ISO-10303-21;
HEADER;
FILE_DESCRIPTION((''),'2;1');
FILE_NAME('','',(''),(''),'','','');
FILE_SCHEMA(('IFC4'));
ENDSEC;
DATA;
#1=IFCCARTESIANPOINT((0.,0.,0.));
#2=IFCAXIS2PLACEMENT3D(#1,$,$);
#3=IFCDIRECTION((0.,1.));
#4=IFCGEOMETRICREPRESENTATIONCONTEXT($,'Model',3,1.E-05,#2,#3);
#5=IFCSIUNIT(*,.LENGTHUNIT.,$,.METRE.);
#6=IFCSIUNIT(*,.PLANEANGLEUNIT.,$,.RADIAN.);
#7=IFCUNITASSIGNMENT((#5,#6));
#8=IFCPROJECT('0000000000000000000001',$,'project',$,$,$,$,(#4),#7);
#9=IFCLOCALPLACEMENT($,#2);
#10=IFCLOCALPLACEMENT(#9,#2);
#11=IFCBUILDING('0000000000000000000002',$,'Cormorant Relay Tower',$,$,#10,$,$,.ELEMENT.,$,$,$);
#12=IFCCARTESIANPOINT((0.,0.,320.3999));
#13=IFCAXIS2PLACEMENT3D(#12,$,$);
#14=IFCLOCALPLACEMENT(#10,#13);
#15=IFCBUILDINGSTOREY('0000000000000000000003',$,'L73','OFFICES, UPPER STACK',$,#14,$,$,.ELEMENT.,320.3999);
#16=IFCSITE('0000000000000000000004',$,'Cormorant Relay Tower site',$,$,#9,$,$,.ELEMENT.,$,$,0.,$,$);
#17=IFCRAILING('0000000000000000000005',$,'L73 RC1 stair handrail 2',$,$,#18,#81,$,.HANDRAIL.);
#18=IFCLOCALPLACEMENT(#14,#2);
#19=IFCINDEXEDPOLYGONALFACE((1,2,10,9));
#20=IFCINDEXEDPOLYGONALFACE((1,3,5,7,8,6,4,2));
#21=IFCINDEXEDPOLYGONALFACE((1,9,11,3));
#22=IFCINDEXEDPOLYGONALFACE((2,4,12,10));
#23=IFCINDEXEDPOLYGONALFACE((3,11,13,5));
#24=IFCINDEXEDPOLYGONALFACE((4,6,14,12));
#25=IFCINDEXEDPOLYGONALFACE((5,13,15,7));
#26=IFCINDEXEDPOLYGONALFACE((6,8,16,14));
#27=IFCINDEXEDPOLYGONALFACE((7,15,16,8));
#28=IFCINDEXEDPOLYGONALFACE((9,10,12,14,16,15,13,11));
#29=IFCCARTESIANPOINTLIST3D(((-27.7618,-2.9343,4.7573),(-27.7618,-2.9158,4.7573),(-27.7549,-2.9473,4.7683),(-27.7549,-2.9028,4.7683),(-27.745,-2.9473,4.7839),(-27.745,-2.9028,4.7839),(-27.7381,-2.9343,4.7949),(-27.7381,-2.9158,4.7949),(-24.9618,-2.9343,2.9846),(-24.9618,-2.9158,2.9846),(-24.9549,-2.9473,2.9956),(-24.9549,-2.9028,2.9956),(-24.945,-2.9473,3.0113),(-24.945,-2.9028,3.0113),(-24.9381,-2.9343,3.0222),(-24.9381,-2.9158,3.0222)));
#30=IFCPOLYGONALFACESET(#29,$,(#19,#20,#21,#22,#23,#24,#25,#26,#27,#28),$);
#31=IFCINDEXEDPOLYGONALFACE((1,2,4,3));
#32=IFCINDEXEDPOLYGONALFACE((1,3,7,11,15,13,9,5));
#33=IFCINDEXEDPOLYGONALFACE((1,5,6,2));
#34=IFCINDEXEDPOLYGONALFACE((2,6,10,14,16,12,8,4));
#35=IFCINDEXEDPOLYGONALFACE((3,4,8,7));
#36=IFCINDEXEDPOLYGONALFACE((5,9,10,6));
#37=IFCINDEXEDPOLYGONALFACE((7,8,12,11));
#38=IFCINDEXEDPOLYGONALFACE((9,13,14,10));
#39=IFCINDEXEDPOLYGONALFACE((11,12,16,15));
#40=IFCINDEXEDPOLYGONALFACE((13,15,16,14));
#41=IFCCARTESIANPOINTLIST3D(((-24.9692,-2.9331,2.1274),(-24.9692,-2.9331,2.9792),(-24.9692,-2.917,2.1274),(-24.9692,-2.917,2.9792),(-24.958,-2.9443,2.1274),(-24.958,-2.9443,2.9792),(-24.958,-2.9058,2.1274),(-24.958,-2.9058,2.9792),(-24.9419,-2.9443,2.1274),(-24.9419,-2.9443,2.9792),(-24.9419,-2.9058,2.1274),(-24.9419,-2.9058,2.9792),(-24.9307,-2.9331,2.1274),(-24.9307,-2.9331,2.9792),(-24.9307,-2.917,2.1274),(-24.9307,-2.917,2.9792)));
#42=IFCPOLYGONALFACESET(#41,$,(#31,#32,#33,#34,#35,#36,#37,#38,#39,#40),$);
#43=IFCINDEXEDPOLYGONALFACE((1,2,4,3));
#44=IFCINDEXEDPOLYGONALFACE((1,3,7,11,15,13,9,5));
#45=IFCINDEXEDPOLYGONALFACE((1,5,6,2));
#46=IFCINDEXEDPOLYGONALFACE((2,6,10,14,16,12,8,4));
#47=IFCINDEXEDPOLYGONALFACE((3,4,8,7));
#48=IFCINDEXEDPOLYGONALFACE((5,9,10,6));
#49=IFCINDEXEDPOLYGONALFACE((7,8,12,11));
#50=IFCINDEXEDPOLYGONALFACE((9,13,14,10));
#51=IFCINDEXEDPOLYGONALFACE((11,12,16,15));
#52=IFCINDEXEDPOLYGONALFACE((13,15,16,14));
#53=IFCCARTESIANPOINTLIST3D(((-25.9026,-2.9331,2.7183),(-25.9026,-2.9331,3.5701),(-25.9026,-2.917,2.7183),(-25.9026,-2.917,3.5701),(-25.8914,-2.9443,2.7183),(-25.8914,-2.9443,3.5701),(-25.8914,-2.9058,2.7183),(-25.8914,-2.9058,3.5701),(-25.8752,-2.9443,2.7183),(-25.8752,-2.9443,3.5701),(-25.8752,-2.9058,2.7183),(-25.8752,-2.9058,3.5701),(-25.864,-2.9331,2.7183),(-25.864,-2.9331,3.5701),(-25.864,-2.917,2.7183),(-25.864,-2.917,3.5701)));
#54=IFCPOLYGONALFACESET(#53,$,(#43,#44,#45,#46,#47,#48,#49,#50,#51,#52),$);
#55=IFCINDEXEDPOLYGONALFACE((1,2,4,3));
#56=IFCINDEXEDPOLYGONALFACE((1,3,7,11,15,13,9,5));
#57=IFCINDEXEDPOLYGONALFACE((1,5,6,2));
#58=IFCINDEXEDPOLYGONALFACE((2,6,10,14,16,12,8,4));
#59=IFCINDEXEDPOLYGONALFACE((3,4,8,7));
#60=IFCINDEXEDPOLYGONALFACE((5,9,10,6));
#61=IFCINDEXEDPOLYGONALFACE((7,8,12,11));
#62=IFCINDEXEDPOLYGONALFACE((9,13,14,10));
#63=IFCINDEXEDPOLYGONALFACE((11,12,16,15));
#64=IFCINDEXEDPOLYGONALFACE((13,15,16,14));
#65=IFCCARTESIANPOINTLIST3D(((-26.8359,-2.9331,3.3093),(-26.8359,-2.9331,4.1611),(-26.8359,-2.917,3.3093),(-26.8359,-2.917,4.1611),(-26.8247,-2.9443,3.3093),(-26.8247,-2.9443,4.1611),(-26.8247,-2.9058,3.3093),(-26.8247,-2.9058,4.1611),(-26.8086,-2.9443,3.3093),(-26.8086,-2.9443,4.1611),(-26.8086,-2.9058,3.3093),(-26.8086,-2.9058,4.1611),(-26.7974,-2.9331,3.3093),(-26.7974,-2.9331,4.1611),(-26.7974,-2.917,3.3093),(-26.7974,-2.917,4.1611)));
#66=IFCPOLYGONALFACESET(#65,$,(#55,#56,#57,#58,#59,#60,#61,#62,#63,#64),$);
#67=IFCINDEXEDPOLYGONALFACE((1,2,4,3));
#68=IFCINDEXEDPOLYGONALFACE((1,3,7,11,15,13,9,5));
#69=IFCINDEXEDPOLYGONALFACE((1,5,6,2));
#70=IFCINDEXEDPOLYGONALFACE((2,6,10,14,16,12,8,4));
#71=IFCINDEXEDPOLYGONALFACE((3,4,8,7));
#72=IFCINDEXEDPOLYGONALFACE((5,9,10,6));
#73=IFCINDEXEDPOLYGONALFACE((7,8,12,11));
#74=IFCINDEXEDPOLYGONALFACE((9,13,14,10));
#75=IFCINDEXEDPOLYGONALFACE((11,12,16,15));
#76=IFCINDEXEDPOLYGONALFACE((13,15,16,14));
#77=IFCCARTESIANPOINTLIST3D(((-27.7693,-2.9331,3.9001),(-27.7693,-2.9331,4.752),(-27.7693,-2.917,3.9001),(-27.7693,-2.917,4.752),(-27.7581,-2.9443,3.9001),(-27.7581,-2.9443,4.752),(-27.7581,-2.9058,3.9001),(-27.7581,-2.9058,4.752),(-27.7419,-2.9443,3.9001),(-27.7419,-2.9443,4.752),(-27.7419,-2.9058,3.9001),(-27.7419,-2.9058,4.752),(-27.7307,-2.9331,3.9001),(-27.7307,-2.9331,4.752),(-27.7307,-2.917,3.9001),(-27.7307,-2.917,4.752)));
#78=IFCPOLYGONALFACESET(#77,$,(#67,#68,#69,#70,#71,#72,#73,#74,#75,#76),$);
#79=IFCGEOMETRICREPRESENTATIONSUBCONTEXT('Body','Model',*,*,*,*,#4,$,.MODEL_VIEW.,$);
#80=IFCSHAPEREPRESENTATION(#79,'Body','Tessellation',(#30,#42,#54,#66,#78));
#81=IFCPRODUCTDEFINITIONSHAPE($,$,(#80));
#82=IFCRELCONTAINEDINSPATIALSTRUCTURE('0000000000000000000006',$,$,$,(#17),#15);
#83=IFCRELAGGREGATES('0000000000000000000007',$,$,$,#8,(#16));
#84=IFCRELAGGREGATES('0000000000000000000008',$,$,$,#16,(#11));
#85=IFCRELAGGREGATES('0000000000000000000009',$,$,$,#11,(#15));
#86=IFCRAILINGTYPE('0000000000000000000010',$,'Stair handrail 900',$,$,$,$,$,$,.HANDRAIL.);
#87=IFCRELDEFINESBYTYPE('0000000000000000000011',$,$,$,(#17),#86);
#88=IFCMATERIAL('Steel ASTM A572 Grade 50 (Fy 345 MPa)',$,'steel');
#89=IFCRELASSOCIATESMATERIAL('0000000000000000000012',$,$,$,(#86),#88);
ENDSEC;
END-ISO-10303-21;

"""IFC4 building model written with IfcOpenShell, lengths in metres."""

from ifc_helpers import new_model, si_unit, direction, frame, origin, place, context, subcontext, project, spatial, polyline, outline, extrude, material, type_object, element, save


model = new_model("IFC4")

# Units and contexts
model_context = context("Model", 3, precision=1e-05, world=origin(), true_north=direction((0.0, 1.0)))
body_context = subcontext(model_context, "Body", "Model", "MODEL_VIEW")
ifc_project = project(units=[si_unit("LENGTHUNIT", "METRE"), si_unit("PLANEANGLEUNIT", "RADIAN")], contexts=[model_context])

# Site, building, storey
site_placement = place(None, origin())
site = spatial("IfcSite", under=ifc_project, at=site_placement, Name="Cormorant Relay Tower site", CompositionType="ELEMENT", RefElevation=0.0)
building_placement = place(site_placement, origin())
building = spatial("IfcBuilding", under=site, at=building_placement, Name="Cormorant Relay Tower", CompositionType="ELEMENT")
storey_placement = place(building_placement, frame((0.0, 0.0, 320.3999)))
storey = spatial("IfcBuildingStorey", under=building, at=storey_placement, Name="L73", Description="OFFICES, UPPER STACK", CompositionType="ELEMENT", Elevation=320.3999)

# Railing
ifc_material_1 = material(Name="Steel ASTM A572 Grade 50 (Fy 345 MPa)", Category="steel")
railing_type_1 = type_object("IfcRailingType", Name="Stair handrail 900", PredefinedType="HANDRAIL", material=ifc_material_1)
railing_1_placement = place(storey_placement, frame((-24.95, -2.925, 2.1274)))
element("IfcRailing", 1, at=railing_1_placement, inside=storey, type_object=railing_type_1, Name="L73 RC1 stair handrail 2", PredefinedType="HANDRAIL", context=body_context, shape_type="SweptSolid", body=[
    extrude(outline(polyline([(0.0222, 0.0093), (0.0093, 0.0222), (-0.0093, 0.0222), (-0.0222, 0.0093), (-0.0222, -0.0093), (-0.0093, -0.0222), (0.0093, -0.0222), (0.0222, -0.0093), (0.0222, 0.0093)])), frame((0.0, 0.0, 0.876), z_axis=(-0.844909, 0.0, 0.53491), x_axis=(0.0, -1.0, 0.0)), (0.0, 0.0, 1.0), 3.314),
    extrude(outline(polyline([(0.0193, 0.0081), (0.0081, 0.0193), (-0.0081, 0.0193), (-0.0193, 0.0081), (-0.0193, -0.0081), (-0.0081, -0.0193), (0.0081, -0.0193), (0.0193, -0.0081), (0.0193, 0.0081)])), origin(), (0.0, 0.0, 1.0), 0.8518),
    extrude(outline(polyline([(0.0193, 0.0081), (0.0081, 0.0193), (-0.0081, 0.0193), (-0.0193, 0.0081), (-0.0193, -0.0081), (-0.0081, -0.0193), (0.0081, -0.0193), (0.0193, -0.0081), (0.0193, 0.0081)])), frame((-0.9333, 0.0, 0.5908)), (0.0, 0.0, 1.0), 0.8518),
    extrude(outline(polyline([(0.0193, 0.0081), (0.0081, 0.0193), (-0.0081, 0.0193), (-0.0193, 0.0081), (-0.0193, -0.0081), (-0.0081, -0.0193), (0.0081, -0.0193), (0.0193, -0.0081), (0.0193, 0.0081)])), frame((-1.8667, 0.0, 1.1819)), (0.0, 0.0, 1.0), 0.8518),
    extrude(outline(polyline([(0.0193, 0.0081), (0.0081, 0.0193), (-0.0081, 0.0193), (-0.0193, 0.0081), (-0.0193, -0.0081), (-0.0081, -0.0193), (0.0081, -0.0193), (0.0193, -0.0081), (0.0193, 0.0081)])), frame((-2.8, 0.0, 1.7727)), (0.0, 0.0, 1.0), 0.8518),
])

save(model, "model.ifc")
